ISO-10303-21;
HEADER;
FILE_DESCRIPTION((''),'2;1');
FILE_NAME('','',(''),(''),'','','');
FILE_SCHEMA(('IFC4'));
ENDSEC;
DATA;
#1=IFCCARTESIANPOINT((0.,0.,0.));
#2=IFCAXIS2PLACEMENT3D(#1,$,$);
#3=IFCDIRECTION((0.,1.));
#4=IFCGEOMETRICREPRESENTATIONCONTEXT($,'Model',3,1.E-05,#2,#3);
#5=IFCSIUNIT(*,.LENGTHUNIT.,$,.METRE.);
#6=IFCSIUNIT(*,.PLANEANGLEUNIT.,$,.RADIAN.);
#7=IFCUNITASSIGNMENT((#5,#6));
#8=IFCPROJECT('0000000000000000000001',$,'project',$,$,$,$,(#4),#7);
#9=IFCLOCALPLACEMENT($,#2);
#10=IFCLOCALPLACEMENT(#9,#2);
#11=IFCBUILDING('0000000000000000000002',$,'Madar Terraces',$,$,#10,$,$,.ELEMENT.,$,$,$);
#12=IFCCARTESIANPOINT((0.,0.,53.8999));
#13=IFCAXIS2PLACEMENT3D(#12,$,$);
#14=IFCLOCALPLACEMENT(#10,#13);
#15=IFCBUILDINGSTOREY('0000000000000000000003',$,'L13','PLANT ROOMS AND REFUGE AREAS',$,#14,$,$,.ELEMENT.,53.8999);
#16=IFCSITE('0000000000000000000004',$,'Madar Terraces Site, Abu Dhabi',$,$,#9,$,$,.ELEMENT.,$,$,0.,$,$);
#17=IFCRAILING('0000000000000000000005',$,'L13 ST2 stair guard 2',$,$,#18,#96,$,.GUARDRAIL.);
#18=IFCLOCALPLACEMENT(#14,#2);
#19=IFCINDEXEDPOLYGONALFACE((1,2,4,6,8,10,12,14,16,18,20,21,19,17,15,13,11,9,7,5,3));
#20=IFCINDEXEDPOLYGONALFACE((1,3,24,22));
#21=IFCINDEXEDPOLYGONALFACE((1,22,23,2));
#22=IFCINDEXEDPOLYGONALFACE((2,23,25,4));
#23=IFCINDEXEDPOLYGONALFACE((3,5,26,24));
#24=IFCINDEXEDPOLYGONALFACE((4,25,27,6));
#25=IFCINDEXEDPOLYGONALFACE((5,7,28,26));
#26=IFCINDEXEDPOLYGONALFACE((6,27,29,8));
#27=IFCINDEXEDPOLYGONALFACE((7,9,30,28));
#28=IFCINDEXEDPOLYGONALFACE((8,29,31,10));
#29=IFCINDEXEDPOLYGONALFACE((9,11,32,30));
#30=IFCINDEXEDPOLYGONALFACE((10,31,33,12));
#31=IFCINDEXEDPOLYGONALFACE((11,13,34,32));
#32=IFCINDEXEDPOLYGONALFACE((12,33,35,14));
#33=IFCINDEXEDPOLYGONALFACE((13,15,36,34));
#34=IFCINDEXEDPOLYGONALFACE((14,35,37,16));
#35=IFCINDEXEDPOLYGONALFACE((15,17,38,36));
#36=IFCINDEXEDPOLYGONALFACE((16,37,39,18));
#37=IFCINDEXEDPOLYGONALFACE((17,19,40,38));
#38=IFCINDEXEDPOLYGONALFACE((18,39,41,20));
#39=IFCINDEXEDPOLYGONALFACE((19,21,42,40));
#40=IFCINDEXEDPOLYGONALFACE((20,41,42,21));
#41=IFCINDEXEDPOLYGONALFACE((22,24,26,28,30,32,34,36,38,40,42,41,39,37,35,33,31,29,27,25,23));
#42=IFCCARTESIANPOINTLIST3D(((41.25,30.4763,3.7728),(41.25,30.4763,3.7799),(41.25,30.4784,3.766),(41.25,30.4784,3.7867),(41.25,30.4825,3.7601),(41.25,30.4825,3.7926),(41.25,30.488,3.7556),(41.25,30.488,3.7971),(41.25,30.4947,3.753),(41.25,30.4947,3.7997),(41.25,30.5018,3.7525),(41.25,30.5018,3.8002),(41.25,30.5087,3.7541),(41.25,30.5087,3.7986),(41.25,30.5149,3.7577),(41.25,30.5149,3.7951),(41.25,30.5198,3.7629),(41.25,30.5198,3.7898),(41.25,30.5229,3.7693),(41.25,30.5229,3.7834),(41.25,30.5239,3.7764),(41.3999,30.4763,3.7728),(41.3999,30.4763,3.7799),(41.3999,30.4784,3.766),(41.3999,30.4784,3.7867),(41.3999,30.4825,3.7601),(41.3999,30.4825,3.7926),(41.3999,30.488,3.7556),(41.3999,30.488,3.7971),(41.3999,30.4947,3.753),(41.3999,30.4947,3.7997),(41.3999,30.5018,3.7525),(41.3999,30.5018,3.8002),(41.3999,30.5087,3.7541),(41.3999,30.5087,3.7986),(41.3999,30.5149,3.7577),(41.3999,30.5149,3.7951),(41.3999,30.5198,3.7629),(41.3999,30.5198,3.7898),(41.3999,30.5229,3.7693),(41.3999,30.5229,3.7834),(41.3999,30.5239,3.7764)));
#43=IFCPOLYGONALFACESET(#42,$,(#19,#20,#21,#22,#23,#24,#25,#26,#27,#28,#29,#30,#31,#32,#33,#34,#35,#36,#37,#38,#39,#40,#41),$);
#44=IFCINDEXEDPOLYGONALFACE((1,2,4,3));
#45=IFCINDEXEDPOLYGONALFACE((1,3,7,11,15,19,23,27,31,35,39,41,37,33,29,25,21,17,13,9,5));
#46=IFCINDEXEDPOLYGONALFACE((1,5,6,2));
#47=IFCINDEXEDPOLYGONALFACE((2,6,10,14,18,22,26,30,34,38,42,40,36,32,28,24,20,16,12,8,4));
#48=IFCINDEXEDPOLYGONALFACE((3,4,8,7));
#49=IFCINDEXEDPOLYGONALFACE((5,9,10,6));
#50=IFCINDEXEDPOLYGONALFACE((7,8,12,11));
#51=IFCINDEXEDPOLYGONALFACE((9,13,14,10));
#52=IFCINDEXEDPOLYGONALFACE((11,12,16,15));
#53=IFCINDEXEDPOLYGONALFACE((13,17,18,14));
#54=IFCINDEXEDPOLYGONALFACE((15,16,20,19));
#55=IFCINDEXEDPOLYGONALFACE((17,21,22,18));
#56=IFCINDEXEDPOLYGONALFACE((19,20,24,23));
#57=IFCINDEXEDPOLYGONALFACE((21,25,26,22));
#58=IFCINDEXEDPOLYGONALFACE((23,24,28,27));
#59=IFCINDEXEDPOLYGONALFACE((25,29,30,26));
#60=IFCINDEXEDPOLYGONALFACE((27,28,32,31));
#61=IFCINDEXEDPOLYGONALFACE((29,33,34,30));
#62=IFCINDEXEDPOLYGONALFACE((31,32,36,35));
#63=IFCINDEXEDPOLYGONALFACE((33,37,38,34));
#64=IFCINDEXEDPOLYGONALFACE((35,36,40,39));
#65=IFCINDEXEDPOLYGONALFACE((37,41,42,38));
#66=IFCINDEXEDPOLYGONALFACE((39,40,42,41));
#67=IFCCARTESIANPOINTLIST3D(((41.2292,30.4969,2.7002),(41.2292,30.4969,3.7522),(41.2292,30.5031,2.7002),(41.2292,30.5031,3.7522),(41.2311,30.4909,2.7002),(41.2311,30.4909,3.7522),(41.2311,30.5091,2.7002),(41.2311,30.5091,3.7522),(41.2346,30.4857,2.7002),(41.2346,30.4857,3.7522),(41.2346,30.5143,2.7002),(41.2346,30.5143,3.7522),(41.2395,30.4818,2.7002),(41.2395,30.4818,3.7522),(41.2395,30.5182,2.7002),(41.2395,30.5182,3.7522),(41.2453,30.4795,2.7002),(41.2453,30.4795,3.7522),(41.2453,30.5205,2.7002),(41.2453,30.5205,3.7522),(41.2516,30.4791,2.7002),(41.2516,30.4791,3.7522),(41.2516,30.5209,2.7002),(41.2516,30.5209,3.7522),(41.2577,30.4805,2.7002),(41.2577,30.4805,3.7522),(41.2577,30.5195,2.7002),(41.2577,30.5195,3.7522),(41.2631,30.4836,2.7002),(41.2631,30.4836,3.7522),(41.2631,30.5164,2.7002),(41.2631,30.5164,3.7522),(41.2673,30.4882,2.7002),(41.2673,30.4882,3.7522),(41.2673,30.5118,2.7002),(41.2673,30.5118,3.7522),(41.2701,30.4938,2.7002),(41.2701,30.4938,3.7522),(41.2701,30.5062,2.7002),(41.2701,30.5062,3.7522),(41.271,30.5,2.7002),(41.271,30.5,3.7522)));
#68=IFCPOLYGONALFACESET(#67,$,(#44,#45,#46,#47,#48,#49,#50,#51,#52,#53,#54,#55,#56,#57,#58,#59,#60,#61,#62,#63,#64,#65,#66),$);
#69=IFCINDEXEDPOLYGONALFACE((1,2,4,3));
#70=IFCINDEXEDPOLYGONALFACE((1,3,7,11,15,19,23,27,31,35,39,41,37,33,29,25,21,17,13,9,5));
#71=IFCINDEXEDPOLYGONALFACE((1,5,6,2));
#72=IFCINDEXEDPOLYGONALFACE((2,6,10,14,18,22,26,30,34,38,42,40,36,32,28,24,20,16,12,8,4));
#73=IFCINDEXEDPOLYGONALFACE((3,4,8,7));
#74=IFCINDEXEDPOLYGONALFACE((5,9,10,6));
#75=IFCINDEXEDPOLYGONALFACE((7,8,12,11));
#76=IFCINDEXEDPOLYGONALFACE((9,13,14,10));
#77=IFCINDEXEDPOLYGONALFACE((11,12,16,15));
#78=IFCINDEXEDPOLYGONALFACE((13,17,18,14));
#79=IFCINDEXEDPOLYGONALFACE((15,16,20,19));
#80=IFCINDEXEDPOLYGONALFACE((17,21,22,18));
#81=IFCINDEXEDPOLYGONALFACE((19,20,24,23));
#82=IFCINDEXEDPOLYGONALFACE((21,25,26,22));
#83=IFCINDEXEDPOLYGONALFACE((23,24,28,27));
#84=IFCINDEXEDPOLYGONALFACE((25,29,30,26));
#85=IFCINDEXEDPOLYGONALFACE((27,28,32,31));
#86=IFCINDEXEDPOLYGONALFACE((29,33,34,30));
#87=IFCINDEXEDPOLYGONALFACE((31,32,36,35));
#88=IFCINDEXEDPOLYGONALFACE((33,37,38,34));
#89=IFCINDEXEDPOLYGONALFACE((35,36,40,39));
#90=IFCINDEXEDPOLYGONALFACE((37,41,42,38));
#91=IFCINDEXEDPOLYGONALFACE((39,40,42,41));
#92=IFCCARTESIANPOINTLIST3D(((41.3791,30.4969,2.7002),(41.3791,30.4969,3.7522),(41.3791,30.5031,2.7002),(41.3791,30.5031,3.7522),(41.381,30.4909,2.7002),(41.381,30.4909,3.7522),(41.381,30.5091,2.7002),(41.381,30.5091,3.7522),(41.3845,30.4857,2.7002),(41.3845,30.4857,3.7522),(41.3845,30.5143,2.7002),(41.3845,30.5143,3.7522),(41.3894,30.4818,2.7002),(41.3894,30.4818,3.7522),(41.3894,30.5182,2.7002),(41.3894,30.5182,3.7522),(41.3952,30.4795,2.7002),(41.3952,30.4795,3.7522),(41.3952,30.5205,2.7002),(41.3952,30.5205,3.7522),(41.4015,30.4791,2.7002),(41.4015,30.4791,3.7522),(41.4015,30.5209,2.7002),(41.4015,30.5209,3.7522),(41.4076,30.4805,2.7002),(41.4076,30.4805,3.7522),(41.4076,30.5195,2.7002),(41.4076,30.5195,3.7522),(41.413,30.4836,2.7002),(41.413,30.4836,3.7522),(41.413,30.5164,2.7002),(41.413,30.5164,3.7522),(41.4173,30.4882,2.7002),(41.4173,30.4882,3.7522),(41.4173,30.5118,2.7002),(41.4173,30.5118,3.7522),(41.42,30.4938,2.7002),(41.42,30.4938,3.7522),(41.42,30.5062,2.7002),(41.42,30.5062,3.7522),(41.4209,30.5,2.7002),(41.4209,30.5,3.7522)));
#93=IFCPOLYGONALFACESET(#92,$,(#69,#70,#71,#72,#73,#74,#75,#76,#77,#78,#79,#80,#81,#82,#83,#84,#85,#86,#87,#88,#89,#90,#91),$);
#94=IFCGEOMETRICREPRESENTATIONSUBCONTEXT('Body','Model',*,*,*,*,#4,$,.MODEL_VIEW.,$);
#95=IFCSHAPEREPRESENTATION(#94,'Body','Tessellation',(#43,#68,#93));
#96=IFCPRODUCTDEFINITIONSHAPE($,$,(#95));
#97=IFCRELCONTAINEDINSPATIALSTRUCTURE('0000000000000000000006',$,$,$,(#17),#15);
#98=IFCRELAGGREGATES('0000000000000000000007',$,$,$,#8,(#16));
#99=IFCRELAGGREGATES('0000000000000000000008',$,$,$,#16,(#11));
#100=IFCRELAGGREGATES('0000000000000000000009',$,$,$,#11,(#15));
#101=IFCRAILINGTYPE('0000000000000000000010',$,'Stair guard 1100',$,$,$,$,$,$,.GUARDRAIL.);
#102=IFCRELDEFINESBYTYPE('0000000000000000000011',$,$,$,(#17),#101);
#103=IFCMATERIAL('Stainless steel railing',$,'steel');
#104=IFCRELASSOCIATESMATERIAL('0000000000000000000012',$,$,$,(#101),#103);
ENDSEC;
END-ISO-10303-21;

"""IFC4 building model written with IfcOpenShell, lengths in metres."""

from ifc_helpers import new_model, si_unit, direction, frame, origin, origin_2d, place, context, subcontext, project, spatial, circle, extrude, material, type_object, element, save


model = new_model("IFC4")

# Units and contexts
model_context = context("Model", 3, precision=1e-05, world=origin(), true_north=direction((0.0, 1.0)))
body_context = subcontext(model_context, "Body", "Model", "MODEL_VIEW")
ifc_project = project(units=[si_unit("LENGTHUNIT", "METRE"), si_unit("PLANEANGLEUNIT", "RADIAN")], contexts=[model_context])

# Site, building, storey
site_placement = place(None, origin())
site = spatial("IfcSite", under=ifc_project, at=site_placement, Name="Madar Terraces Site, Abu Dhabi", CompositionType="ELEMENT", RefElevation=0.0)
building_placement = place(site_placement, origin())
building = spatial("IfcBuilding", under=site, at=building_placement, Name="Madar Terraces", CompositionType="ELEMENT")
storey_placement = place(building_placement, frame((0.0, 0.0, 53.8999)))
storey = spatial("IfcBuildingStorey", under=building, at=storey_placement, Name="L13", Description="PLANT ROOMS AND REFUGE AREAS", CompositionType="ELEMENT", Elevation=53.8999)

# Railing
ifc_material_1 = material(Name="Stainless steel railing", Category="steel")
railing_type_1 = type_object("IfcRailingType", Name="Stair guard 1100", PredefinedType="GUARDRAIL", material=ifc_material_1)
railing_1_placement = place(storey_placement, frame((41.25, 30.5, 2.7002)))
element("IfcRailing", 1, at=railing_1_placement, inside=storey, type_object=railing_type_1, Name="L13 ST2 stair guard 2", PredefinedType="GUARDRAIL", context=body_context, shape_type="SweptSolid", body=[
    extrude(circle(Radius=0.0239, at=origin_2d()), frame((0.0, 0.0, 1.0762), z_axis=(1.0, 0.0, 0.0), x_axis=(0.0, 1.0, 0.0)), (0.0, 0.0, 1.0), 0.1499),
    extrude(circle(Radius=0.021, at=origin_2d()), origin(), (0.0, 0.0, 1.0), 1.052),
    extrude(circle(Radius=0.021, at=origin_2d()), frame((0.1499, 0.0, 0.0)), (0.0, 0.0, 1.0), 1.052),
])

save(model, "model.ifc")
